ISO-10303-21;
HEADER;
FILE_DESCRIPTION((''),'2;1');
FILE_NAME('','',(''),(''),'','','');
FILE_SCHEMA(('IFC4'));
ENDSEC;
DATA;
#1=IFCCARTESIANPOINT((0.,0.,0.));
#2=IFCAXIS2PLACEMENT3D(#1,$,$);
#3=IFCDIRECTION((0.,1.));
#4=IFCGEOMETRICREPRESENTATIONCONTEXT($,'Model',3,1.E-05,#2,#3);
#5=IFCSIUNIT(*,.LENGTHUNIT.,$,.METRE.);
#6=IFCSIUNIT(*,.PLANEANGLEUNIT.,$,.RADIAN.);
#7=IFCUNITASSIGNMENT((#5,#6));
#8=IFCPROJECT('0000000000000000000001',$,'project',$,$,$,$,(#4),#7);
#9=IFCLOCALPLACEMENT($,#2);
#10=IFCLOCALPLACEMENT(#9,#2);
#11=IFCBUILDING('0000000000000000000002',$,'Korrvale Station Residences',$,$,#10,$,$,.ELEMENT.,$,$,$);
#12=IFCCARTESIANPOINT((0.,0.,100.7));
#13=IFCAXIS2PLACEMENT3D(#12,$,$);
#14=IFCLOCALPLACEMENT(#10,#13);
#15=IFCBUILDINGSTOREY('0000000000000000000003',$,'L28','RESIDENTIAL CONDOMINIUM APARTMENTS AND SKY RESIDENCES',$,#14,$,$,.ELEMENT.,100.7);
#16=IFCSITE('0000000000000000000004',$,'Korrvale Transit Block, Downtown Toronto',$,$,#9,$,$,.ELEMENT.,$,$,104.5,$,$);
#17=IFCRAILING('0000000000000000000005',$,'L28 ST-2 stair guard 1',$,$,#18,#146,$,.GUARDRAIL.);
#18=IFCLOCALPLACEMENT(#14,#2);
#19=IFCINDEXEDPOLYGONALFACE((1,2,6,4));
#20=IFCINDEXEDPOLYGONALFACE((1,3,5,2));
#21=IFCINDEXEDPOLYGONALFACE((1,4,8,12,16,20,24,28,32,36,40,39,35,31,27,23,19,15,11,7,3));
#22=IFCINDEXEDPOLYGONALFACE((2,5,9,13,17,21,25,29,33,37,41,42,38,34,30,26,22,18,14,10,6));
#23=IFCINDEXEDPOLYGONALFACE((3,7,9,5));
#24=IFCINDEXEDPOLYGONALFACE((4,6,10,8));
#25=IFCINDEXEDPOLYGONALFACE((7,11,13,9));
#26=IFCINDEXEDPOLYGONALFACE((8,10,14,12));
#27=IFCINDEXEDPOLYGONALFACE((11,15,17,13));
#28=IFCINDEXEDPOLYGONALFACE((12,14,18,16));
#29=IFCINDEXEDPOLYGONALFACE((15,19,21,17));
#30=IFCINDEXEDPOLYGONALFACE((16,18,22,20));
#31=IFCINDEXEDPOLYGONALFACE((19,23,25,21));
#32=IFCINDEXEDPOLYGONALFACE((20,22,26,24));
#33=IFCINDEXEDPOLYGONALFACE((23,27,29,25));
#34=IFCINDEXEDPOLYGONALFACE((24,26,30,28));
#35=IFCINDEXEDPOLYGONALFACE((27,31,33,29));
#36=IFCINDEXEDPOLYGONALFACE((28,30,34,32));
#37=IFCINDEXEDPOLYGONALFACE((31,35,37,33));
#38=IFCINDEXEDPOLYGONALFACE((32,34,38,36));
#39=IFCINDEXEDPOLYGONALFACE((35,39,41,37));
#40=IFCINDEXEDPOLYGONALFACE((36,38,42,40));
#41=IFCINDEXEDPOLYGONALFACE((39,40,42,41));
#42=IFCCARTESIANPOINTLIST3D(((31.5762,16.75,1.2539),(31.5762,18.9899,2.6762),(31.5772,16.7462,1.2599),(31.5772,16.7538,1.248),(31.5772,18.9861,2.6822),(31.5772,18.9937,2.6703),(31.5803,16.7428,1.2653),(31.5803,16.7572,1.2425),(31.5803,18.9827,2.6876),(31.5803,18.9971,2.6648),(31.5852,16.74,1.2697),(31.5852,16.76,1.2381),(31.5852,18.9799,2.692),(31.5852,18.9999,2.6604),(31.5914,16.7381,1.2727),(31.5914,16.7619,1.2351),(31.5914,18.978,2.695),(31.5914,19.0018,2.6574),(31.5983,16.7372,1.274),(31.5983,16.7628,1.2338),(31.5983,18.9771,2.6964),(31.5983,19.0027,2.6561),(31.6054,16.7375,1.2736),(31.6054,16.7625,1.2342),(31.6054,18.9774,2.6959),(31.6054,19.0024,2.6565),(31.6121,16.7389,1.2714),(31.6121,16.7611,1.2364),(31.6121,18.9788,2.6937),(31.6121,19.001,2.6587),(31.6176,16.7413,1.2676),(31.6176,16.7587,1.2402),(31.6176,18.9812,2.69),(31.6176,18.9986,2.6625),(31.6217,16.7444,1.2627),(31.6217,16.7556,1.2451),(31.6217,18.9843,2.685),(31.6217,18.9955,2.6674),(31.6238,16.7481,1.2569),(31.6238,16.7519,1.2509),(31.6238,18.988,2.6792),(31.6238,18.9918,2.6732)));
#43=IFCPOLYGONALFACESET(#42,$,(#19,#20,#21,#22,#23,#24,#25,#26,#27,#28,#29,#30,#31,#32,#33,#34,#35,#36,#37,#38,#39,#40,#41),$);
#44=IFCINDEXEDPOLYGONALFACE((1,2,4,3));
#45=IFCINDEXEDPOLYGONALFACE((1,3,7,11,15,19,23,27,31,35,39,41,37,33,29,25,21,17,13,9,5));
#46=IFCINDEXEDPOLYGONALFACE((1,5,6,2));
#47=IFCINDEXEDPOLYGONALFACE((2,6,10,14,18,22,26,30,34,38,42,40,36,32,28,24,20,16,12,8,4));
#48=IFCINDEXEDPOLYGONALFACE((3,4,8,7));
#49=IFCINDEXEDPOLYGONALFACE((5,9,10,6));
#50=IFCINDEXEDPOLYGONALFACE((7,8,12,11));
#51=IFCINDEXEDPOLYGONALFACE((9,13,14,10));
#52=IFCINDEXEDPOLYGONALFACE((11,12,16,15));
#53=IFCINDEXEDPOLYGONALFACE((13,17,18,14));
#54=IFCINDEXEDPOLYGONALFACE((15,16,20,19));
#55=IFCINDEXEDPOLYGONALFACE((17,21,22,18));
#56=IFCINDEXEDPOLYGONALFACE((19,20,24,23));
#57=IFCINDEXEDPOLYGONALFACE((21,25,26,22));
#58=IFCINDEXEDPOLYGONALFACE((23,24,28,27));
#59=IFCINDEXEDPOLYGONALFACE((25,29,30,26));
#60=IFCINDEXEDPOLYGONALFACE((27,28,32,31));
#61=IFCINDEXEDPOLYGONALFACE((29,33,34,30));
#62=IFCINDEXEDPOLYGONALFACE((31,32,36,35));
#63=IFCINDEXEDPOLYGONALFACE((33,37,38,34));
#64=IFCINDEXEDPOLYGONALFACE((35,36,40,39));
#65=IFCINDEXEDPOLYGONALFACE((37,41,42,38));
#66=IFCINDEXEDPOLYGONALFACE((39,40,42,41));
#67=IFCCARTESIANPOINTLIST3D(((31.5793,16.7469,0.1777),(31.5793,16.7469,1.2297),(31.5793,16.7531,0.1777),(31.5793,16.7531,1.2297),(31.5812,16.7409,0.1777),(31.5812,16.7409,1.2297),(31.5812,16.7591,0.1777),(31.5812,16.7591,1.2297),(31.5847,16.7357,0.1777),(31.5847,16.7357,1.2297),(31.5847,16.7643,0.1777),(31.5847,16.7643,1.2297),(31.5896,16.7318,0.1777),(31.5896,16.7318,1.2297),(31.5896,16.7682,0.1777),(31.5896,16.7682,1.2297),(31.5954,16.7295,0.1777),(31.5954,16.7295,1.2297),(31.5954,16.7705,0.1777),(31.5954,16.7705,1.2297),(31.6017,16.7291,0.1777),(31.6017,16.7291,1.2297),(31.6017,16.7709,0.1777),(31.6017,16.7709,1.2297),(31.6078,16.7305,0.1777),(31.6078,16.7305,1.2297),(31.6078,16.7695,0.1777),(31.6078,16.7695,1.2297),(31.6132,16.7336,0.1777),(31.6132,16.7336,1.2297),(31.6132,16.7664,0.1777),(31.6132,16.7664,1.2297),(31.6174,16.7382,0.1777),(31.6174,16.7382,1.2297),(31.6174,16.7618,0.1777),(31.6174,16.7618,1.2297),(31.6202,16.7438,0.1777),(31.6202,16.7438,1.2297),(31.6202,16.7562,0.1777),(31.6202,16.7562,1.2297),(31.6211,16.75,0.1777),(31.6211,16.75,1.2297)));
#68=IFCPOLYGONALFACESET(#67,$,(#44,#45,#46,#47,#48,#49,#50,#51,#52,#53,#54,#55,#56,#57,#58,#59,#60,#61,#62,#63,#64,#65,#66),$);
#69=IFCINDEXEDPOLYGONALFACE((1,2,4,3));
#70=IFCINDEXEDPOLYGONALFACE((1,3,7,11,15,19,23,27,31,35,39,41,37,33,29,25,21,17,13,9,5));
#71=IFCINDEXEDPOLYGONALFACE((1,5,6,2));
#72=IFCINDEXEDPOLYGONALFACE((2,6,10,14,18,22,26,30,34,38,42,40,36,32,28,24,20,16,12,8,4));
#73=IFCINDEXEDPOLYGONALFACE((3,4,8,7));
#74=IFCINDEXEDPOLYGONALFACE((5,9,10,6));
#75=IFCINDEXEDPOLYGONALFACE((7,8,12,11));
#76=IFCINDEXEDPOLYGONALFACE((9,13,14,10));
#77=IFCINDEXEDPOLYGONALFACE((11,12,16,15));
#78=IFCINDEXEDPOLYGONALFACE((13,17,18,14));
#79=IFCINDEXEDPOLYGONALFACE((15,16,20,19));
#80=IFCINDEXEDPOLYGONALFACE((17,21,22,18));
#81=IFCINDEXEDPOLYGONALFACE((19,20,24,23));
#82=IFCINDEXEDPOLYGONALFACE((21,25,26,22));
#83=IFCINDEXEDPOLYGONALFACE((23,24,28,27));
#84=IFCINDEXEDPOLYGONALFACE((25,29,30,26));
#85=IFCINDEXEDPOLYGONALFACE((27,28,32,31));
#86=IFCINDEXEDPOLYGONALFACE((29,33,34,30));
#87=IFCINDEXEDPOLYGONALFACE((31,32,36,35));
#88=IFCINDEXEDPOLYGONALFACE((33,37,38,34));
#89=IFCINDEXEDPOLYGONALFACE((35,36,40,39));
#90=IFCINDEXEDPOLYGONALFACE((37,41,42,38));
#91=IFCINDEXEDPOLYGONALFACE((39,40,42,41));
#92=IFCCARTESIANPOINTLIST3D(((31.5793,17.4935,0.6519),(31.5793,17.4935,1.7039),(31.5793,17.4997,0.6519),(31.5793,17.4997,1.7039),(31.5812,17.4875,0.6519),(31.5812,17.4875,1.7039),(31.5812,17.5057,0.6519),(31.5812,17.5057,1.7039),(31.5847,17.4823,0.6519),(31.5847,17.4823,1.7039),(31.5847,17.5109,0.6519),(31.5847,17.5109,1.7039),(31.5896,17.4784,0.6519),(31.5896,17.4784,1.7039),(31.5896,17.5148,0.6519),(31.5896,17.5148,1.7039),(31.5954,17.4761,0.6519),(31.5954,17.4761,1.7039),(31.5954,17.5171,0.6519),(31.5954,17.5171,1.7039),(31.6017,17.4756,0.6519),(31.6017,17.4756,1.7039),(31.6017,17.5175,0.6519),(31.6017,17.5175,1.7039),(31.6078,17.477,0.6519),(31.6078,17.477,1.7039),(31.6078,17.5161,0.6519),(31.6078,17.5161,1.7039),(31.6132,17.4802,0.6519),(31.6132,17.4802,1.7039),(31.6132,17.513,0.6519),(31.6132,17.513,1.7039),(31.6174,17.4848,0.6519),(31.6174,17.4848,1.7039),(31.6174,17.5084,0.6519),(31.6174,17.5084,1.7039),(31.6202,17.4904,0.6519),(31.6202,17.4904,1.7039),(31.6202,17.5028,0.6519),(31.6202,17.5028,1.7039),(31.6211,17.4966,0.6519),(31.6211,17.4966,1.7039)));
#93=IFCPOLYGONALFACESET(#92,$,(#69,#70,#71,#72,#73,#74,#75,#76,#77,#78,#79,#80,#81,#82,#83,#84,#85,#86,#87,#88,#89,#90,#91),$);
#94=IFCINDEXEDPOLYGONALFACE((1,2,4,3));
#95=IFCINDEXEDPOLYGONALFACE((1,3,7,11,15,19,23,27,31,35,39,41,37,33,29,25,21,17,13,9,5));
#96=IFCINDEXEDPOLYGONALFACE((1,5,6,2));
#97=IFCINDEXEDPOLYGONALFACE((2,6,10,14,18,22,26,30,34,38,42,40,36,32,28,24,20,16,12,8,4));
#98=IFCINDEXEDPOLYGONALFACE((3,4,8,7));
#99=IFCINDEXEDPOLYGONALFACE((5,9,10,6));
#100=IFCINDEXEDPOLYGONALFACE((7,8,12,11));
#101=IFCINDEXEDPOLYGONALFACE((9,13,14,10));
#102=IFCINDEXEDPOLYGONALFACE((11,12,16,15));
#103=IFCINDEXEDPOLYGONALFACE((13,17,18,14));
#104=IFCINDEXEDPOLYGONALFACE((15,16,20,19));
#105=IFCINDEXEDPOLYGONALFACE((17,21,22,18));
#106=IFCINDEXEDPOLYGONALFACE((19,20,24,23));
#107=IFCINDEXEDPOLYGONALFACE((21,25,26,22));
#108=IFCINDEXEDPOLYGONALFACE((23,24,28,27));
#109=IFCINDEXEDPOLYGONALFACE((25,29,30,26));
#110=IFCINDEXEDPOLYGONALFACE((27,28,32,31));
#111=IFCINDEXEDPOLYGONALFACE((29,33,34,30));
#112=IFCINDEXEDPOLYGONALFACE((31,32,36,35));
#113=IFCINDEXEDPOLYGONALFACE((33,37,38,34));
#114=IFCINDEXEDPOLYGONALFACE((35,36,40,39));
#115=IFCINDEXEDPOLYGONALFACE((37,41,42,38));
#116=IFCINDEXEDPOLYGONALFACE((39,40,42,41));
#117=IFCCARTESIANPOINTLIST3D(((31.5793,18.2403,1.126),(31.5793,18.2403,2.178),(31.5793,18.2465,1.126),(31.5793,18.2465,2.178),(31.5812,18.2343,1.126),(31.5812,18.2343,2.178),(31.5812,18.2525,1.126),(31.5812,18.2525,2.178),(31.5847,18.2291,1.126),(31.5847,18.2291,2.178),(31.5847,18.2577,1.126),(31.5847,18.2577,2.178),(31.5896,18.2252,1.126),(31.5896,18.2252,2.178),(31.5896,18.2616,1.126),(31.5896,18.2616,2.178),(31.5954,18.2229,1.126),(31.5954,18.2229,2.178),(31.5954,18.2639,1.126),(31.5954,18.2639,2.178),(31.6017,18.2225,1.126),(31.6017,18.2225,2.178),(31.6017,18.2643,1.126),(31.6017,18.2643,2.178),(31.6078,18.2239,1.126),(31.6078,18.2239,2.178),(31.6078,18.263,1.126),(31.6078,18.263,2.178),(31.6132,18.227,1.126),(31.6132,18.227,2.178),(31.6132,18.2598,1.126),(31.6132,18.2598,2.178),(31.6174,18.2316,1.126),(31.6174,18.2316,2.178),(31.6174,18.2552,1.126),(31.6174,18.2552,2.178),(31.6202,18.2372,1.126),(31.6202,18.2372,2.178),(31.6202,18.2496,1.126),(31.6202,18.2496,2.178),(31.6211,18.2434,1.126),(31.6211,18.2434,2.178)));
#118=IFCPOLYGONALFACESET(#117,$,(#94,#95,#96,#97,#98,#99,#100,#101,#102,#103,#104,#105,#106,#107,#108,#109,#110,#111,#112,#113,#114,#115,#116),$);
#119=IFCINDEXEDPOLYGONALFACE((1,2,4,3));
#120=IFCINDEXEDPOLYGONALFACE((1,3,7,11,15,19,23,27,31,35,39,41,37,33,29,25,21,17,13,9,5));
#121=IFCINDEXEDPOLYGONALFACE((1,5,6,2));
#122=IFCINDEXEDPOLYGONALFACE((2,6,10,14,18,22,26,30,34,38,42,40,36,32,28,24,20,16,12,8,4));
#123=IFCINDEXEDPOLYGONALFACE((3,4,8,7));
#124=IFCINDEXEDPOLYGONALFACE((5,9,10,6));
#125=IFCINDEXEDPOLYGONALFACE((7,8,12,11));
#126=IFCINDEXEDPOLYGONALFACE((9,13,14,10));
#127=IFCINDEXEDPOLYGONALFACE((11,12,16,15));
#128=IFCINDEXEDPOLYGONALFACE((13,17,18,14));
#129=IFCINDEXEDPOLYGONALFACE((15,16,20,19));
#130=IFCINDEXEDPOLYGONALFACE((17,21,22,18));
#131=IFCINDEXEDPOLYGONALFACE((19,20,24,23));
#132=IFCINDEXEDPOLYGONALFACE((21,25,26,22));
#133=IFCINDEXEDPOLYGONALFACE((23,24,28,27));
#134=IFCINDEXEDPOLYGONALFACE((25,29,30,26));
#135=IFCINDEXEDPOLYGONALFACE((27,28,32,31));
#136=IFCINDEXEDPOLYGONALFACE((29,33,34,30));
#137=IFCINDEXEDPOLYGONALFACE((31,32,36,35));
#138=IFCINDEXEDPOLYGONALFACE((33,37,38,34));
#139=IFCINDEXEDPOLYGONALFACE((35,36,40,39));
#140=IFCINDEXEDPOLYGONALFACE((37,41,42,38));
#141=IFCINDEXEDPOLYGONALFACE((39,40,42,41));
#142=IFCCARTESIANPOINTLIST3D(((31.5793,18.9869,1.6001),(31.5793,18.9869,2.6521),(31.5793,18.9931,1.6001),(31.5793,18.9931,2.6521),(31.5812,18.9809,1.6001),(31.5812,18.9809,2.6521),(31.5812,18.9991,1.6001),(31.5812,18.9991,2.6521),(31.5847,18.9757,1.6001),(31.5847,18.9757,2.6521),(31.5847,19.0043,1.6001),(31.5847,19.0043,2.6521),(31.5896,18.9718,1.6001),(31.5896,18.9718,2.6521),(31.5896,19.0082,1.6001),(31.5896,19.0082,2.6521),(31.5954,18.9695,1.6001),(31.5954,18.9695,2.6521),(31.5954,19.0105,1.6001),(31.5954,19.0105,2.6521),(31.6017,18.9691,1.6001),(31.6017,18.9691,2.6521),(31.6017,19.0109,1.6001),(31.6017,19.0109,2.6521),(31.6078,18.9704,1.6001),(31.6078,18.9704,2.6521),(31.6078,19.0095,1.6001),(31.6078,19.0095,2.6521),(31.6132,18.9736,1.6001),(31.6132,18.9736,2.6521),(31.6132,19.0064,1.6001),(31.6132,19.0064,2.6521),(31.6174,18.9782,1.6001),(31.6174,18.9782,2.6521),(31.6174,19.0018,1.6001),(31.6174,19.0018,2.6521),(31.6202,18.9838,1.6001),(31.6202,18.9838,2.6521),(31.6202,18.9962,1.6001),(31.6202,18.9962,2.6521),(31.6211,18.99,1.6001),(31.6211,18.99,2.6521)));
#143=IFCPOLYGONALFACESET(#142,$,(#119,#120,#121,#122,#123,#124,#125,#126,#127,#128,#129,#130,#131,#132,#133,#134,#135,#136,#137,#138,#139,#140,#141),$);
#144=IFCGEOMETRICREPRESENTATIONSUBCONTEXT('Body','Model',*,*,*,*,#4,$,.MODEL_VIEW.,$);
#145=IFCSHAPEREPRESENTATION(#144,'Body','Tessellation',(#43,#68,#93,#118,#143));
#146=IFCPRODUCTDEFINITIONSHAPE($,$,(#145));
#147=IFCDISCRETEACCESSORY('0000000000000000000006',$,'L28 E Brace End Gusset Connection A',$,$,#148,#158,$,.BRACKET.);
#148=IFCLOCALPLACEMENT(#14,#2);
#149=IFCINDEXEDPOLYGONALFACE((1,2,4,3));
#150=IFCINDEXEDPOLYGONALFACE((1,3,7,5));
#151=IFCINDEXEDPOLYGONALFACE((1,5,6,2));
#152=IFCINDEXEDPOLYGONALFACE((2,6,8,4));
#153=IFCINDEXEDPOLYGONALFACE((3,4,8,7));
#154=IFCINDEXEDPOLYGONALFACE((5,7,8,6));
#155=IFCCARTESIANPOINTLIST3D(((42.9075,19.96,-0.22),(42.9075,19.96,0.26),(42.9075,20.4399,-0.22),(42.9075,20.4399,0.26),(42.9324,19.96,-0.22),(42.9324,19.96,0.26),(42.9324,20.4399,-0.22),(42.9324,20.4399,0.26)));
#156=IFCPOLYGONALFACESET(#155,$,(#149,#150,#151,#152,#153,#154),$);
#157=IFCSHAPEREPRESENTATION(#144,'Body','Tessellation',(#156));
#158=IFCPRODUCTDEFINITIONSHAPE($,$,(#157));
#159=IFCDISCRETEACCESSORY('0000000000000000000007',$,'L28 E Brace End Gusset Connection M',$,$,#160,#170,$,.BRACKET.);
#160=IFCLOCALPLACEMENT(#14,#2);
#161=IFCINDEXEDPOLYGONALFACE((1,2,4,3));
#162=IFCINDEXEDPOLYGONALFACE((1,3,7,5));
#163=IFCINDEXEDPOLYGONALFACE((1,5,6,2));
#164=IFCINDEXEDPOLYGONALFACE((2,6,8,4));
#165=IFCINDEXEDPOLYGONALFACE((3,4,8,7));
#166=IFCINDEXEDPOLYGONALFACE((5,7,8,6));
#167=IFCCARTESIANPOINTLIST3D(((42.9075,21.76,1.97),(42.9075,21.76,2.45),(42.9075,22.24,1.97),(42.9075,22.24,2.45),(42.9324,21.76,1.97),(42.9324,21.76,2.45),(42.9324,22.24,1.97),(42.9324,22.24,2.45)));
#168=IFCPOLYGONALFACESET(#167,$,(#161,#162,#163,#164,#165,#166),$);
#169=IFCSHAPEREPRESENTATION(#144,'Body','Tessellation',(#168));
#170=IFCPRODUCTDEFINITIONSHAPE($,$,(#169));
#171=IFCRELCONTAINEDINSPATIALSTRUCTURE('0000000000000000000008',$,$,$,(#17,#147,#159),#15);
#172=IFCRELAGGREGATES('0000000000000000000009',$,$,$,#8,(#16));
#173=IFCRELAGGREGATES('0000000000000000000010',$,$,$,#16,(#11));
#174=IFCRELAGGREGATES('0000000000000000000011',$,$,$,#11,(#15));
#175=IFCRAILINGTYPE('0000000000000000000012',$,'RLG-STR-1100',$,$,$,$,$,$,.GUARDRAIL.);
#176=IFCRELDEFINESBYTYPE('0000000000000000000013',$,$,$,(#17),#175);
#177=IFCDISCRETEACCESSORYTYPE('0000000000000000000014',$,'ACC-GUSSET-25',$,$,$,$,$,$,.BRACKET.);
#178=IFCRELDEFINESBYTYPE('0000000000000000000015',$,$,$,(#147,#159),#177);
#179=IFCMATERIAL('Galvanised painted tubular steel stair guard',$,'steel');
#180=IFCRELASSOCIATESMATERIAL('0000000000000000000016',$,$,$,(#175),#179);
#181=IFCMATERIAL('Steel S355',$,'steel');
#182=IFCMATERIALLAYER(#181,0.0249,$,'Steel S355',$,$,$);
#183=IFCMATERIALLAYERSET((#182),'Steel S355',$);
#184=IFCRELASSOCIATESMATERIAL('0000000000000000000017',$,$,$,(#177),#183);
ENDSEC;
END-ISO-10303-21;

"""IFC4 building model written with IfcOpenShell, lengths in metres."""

from ifc_helpers import new_model, si_unit, direction, frame, origin, origin_2d, place, context, subcontext, project, spatial, rectangle, circle, extrude, material, layer, layer_set, type_object, element, save


model = new_model("IFC4")

# Units and contexts
model_context = context("Model", 3, precision=1e-05, world=origin(), true_north=direction((0.0, 1.0)))
body_context = subcontext(model_context, "Body", "Model", "MODEL_VIEW")
ifc_project = project(units=[si_unit("LENGTHUNIT", "METRE"), si_unit("PLANEANGLEUNIT", "RADIAN")], contexts=[model_context])

# Site, building, storey
site_placement = place(None, origin())
site = spatial("IfcSite", under=ifc_project, at=site_placement, Name="Korrvale Transit Block, Downtown Toronto", CompositionType="ELEMENT", RefElevation=104.5)
building_placement = place(site_placement, origin())
building = spatial("IfcBuilding", under=site, at=building_placement, Name="Korrvale Station Residences", CompositionType="ELEMENT")
storey_placement = place(building_placement, frame((0.0, 0.0, 100.7)))
storey = spatial("IfcBuildingStorey", under=building, at=storey_placement, Name="L28", Description="RESIDENTIAL CONDOMINIUM APARTMENTS AND SKY RESIDENCES", CompositionType="ELEMENT", Elevation=100.7)

# Shared definitions
ifc_material_1 = material(Name="Steel S355", Category="steel")

# Railing
ifc_material_2 = material(Name="Galvanised painted tubular steel stair guard", Category="steel")
railing_type_1 = type_object("IfcRailingType", Name="RLG-STR-1100", PredefinedType="GUARDRAIL", material=ifc_material_2)
railing_1_placement = place(storey_placement, frame((31.6001, 16.75, 0.1777)))
element("IfcRailing", 1, at=railing_1_placement, inside=storey, type_object=railing_type_1, Name="L28 ST-2 stair guard 1", PredefinedType="GUARDRAIL", context=body_context, shape_type="SweptSolid", body=[
    extrude(circle(Radius=0.0239, at=origin_2d()), frame((0.0, 0.0, 1.0762), z_axis=(0.0, 0.844188, 0.536048), x_axis=(-1.0, 0.0, 0.0)), (0.0, 0.0, 1.0), 2.6533),
    extrude(circle(Radius=0.021, at=origin_2d()), origin(), (0.0, 0.0, 1.0), 1.052),
    extrude(circle(Radius=0.021, at=origin_2d()), frame((0.0, 0.7466, 0.4741)), (0.0, 0.0, 1.0), 1.052),
    extrude(circle(Radius=0.021, at=origin_2d()), frame((0.0, 1.4934, 0.9482)), (0.0, 0.0, 1.0), 1.052),
    extrude(circle(Radius=0.021, at=origin_2d()), frame((0.0, 2.24, 1.4224)), (0.0, 0.0, 1.0), 1.052),
])

# Discrete accessories
ifc_layer_1 = layer(ifc_material_1, 0.0249, Name="Steel S355")
ifc_layer_set_1 = layer_set([ifc_layer_1], Name="Steel S355")
discrete_accessory_type = type_object("IfcDiscreteAccessoryType", Name="ACC-GUSSET-25", PredefinedType="BRACKET", material=ifc_layer_set_1)
for number, where, z_axis, x_axis, name in (
    (2, (42.9199, 20.2, -0.22), (0.0, 0.0, 1.0), (0.0, 1.0, 0.0), "L28 E Brace End Gusset Connection A"),
    (3, (42.9199, 22.0, 1.97), (0.0, 0.0, 1.0), (0.0, 1.0, 0.0), "L28 E Brace End Gusset Connection M"),
):
    element("IfcDiscreteAccessory", number, at=place(storey_placement, frame(where, z_axis=z_axis, x_axis=x_axis)), inside=storey, type_object=discrete_accessory_type, Name=name, PredefinedType="BRACKET", context=body_context, shape_type="SweptSolid", body=[
        extrude(rectangle(XDim=0.48, YDim=0.0249, at=origin_2d()), origin(), (0.0, 0.0, 1.0), 0.48),
    ])

save(model, "model.ifc")
